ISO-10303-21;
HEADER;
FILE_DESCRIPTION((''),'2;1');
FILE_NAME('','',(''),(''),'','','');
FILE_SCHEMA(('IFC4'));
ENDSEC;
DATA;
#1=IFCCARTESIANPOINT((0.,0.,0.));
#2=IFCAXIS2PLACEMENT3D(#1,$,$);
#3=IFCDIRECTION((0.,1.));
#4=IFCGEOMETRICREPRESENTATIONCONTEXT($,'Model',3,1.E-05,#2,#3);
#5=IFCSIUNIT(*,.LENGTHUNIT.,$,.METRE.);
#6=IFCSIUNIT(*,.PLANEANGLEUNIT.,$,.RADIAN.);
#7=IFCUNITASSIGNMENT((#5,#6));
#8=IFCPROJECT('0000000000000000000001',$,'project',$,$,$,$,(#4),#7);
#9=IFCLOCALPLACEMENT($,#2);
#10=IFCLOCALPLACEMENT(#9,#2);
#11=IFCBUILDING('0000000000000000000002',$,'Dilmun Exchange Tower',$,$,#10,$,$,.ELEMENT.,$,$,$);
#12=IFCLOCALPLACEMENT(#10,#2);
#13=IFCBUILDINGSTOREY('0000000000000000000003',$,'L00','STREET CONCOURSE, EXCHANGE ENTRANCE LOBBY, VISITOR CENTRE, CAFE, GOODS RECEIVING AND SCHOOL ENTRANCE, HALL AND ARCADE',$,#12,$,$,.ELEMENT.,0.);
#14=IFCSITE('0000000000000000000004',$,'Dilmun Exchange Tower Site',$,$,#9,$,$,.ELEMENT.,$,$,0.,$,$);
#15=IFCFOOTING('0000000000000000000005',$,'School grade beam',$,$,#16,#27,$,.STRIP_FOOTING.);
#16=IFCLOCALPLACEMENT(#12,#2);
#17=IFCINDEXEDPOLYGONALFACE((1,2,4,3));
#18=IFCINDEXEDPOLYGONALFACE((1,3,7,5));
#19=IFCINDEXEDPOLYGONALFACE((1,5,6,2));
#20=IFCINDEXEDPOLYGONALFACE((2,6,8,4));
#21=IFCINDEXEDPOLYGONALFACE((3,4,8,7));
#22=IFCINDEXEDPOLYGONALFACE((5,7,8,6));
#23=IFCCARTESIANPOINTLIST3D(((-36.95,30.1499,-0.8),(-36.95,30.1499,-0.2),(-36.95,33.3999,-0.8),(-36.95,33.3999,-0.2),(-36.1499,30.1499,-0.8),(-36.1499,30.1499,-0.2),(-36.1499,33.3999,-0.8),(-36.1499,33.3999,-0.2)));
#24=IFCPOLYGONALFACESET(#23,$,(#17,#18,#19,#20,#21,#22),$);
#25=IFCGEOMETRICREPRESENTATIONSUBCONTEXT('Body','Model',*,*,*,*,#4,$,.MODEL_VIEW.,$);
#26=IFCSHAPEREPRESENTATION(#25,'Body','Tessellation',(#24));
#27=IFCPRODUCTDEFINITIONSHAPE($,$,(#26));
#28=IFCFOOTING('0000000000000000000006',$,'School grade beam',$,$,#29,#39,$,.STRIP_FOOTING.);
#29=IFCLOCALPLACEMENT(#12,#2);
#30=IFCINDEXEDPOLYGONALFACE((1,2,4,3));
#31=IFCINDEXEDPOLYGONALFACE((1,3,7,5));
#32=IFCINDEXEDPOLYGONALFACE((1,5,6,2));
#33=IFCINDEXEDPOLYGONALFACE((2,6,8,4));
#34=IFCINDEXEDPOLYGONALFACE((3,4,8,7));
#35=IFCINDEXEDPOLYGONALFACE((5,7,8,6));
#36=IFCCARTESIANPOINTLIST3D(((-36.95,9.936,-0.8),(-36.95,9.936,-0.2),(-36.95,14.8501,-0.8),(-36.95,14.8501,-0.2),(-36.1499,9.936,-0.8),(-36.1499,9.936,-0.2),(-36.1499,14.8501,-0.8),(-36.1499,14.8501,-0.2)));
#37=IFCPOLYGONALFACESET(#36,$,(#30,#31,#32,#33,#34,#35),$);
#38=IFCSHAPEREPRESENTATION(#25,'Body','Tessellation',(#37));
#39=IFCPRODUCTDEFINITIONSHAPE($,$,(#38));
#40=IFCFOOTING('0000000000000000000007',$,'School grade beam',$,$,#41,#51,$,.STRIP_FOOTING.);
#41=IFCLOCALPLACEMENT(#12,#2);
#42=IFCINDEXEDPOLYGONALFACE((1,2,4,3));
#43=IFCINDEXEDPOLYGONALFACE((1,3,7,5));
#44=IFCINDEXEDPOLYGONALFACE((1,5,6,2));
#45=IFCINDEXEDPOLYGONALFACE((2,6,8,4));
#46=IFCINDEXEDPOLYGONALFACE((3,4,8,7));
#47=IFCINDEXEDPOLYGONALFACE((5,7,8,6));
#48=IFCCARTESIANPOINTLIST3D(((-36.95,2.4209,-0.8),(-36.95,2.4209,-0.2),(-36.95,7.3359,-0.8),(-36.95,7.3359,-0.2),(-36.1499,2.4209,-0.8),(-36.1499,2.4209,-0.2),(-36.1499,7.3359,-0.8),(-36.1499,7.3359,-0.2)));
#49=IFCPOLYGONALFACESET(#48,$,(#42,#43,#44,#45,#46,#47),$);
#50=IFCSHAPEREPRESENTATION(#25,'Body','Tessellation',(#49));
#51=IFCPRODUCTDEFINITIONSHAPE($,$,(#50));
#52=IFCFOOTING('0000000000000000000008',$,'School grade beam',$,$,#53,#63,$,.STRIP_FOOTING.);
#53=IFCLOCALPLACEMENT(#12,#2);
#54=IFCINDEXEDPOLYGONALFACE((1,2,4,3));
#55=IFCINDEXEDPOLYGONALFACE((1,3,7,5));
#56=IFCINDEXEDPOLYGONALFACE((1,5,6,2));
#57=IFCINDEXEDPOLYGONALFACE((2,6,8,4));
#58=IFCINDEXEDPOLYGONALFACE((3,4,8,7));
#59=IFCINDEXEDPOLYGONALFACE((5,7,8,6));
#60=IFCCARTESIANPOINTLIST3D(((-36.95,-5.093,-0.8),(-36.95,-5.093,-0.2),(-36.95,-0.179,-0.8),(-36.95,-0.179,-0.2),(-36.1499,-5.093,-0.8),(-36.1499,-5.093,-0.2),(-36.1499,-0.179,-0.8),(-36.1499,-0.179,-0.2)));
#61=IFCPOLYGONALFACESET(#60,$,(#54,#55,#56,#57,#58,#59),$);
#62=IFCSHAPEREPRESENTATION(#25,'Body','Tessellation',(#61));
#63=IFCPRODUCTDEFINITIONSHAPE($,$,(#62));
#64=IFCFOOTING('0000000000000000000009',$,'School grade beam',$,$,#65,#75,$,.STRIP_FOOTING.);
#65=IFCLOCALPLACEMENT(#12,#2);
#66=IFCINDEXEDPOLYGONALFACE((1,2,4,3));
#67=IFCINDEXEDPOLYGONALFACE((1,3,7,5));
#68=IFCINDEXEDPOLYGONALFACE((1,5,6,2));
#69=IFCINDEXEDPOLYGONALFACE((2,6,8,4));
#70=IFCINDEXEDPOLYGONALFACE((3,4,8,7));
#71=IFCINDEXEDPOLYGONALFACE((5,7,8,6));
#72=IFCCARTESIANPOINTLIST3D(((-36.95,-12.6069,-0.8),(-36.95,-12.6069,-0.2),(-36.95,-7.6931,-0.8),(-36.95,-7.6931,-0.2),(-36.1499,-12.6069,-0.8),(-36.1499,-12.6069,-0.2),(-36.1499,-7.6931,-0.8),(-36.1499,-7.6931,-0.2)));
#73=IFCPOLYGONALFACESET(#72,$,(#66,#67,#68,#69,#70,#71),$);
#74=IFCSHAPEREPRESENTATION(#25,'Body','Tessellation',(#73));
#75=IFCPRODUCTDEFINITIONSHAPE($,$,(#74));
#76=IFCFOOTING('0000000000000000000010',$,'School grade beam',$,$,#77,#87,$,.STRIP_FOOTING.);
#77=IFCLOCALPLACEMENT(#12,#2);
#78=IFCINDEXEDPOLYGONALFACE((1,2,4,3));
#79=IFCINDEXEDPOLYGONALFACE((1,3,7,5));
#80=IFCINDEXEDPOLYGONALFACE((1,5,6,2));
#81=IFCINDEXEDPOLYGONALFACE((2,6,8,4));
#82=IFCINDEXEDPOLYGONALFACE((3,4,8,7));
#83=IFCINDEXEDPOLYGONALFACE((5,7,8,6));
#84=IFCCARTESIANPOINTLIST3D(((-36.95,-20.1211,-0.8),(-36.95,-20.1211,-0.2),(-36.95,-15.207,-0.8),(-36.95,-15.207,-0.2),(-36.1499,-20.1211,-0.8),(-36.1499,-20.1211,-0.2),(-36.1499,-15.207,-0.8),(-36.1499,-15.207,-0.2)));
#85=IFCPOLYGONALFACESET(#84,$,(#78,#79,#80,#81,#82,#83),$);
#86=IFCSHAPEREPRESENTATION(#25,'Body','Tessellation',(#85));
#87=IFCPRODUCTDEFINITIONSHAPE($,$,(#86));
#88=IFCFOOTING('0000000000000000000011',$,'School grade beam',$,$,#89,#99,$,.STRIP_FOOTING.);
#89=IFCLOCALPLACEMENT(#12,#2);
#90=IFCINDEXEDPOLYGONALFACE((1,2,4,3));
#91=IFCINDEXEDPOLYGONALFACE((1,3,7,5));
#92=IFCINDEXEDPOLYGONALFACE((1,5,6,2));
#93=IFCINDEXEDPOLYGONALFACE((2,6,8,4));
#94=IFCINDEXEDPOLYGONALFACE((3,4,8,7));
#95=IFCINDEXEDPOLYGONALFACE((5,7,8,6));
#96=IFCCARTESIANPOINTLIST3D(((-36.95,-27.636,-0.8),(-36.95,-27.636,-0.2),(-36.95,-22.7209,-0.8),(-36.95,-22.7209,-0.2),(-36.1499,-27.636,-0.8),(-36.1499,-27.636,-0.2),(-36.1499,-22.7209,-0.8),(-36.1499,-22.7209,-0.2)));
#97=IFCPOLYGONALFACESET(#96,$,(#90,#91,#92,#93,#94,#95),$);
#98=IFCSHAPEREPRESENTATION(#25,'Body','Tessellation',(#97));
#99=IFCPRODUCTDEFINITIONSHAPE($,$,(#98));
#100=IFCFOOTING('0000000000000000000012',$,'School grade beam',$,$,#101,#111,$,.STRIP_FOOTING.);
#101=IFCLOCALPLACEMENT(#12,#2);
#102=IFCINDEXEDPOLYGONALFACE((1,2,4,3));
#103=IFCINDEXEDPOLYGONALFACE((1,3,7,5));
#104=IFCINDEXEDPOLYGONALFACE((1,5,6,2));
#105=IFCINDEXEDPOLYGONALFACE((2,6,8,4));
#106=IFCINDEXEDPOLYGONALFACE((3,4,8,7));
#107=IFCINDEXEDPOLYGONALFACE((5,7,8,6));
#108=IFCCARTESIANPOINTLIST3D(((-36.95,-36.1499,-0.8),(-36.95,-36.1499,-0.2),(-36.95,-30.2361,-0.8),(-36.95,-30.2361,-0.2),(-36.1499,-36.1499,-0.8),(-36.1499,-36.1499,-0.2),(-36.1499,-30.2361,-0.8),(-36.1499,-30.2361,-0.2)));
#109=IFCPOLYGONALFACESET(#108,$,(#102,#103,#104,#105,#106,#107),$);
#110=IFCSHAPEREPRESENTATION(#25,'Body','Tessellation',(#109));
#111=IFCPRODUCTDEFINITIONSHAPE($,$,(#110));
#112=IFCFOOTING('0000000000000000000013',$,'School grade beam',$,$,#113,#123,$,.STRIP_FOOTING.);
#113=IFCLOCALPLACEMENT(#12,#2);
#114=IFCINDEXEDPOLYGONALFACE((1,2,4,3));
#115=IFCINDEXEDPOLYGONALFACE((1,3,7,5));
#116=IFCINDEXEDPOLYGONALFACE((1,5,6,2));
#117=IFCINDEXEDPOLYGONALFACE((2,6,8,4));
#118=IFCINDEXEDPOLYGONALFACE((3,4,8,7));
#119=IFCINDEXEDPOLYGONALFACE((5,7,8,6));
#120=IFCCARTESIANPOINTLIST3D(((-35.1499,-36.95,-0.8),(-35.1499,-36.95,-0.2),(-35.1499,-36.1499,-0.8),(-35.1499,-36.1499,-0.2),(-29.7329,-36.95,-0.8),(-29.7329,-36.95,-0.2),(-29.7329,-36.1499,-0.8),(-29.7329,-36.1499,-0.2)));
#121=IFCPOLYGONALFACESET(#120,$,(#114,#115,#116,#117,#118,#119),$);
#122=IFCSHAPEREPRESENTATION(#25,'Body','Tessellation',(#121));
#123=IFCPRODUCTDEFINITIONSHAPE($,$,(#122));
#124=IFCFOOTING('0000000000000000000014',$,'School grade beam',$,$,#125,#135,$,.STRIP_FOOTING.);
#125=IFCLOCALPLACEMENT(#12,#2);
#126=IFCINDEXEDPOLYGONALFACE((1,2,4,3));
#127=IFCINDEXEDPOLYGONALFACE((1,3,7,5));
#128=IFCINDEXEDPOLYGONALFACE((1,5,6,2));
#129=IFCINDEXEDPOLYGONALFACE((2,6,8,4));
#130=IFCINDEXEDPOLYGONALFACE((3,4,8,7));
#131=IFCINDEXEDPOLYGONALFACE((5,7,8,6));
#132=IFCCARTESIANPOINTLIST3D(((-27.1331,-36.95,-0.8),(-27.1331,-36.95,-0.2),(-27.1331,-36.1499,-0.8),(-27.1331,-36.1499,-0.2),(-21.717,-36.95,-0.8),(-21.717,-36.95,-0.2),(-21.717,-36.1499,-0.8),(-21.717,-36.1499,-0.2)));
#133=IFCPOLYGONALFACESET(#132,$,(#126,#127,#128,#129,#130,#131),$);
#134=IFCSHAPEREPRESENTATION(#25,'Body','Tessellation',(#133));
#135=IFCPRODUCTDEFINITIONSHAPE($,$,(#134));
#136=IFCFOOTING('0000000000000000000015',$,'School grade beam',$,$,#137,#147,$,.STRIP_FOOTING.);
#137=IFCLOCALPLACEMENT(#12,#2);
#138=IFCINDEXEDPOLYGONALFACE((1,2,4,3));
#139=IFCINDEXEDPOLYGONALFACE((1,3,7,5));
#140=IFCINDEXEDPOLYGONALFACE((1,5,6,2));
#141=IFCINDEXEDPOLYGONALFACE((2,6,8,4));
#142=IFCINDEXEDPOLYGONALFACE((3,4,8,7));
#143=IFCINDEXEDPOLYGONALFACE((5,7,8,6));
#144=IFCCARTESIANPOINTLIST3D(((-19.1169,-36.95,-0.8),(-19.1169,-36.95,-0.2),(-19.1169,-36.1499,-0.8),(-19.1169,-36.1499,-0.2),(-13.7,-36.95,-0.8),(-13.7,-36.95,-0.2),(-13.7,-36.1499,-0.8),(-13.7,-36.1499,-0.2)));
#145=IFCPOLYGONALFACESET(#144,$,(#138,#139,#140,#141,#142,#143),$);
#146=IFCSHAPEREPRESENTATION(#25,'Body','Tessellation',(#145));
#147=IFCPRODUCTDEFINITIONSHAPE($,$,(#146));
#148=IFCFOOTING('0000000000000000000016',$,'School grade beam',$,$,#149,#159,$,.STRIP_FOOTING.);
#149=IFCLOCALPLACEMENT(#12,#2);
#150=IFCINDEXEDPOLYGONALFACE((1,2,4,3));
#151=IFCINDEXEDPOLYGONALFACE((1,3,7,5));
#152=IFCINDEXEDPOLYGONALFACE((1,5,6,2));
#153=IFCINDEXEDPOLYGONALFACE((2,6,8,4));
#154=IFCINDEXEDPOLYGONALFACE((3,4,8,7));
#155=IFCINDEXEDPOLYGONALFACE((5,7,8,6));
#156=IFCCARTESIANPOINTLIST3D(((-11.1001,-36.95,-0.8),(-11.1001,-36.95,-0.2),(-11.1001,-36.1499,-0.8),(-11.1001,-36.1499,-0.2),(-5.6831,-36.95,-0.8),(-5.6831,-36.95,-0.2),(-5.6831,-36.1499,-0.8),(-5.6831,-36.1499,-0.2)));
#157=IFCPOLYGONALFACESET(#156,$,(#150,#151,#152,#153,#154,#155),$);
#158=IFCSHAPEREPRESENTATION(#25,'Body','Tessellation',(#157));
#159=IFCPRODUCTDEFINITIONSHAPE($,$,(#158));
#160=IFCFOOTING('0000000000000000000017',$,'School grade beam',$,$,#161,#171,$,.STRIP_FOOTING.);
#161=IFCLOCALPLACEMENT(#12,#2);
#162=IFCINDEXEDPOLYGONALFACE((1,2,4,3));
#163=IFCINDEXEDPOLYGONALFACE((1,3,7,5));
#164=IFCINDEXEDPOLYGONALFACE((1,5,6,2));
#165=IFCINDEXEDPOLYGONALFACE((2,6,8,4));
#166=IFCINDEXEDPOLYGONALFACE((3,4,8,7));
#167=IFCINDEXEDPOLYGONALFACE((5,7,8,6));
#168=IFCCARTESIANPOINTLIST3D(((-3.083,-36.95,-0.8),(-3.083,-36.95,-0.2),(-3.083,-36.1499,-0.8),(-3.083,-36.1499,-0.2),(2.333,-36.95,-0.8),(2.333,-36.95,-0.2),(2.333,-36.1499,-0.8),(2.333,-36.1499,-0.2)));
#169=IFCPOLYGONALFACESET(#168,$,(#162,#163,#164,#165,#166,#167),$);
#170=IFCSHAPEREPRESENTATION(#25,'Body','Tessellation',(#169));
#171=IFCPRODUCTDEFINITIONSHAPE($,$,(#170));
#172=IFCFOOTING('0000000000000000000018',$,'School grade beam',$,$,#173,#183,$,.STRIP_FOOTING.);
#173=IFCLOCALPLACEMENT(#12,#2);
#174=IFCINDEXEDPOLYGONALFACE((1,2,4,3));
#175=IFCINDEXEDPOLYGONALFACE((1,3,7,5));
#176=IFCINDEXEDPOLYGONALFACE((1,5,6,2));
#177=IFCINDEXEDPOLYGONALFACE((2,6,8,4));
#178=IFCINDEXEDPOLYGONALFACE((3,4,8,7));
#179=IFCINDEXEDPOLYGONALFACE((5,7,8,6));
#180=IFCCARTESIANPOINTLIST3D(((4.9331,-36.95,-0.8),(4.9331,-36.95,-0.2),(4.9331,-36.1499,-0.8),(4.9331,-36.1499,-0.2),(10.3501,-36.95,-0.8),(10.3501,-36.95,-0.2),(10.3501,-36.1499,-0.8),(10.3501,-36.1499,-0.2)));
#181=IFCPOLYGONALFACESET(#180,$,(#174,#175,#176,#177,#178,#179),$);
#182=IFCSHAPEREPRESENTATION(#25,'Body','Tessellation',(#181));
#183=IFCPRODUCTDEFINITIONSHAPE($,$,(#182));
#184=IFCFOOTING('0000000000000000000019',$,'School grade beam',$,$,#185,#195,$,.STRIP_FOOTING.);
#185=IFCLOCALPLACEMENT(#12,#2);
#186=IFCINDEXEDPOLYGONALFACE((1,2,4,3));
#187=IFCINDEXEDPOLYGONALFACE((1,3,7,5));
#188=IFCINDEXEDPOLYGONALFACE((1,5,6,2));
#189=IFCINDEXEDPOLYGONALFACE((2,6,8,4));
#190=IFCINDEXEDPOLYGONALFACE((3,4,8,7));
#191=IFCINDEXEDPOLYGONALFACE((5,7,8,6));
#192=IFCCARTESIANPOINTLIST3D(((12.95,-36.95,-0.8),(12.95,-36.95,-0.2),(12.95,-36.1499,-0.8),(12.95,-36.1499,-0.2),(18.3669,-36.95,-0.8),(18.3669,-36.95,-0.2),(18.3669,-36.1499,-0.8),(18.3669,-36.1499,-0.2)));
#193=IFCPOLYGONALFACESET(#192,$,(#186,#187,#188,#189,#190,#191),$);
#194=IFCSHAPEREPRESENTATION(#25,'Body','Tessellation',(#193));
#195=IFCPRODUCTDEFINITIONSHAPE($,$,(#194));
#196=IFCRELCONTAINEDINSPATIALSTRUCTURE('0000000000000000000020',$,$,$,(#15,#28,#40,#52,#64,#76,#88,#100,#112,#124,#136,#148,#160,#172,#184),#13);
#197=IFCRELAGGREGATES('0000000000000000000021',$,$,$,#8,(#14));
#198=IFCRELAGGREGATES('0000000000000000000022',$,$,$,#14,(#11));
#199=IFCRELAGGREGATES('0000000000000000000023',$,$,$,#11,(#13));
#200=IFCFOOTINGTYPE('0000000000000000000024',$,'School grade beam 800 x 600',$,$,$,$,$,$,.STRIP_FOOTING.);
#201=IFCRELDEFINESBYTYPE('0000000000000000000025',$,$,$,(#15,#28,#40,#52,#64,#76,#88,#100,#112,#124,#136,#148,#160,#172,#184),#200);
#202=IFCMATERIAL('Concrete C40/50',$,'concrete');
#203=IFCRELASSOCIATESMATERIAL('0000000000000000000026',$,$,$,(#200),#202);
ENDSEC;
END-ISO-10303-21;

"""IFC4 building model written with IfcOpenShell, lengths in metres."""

from ifc_helpers import new_model, si_unit, direction, frame, origin, place, context, subcontext, project, spatial, polyline, outline, extrude, material, type_object, element, save


model = new_model("IFC4")

# Units and contexts
model_context = context("Model", 3, precision=1e-05, world=origin(), true_north=direction((0.0, 1.0)))
body_context = subcontext(model_context, "Body", "Model", "MODEL_VIEW")
ifc_project = project(units=[si_unit("LENGTHUNIT", "METRE"), si_unit("PLANEANGLEUNIT", "RADIAN")], contexts=[model_context])

# Site, building, storey
site_placement = place(None, origin())
site = spatial("IfcSite", under=ifc_project, at=site_placement, Name="Dilmun Exchange Tower Site", CompositionType="ELEMENT", RefElevation=0.0)
building_placement = place(site_placement, origin())
building = spatial("IfcBuilding", under=site, at=building_placement, Name="Dilmun Exchange Tower", CompositionType="ELEMENT")
storey_placement = place(building_placement, origin())
storey = spatial("IfcBuildingStorey", under=building, at=storey_placement, Name="L00", Description="STREET CONCOURSE, EXCHANGE ENTRANCE LOBBY, VISITOR CENTRE, CAFE, GOODS RECEIVING AND SCHOOL ENTRANCE, HALL AND ARCADE", CompositionType="ELEMENT", Elevation=0.0)

# Footings
ifc_material = material(Name="Concrete C40/50", Category="concrete")
footing_type = type_object("IfcFootingType", Name="School grade beam 800 x 600", PredefinedType="STRIP_FOOTING", material=ifc_material)
footing_1_placement = place(storey_placement, frame((0.0, 0.0, -0.8)))
element("IfcFooting", 1, at=footing_1_placement, inside=storey, type_object=footing_type, Name="School grade beam", PredefinedType="STRIP_FOOTING", context=body_context, shape_type="SweptSolid", body=[
    extrude(outline(polyline([(-36.95, 30.1499), (-36.95, 33.3999), (-36.1499, 33.3999), (-36.1499, 30.1499), (-36.95, 30.1499)])), origin(), (0.0, 0.0, 1.0), 0.6001),
])
footing_2_placement = place(storey_placement, frame((0.0, 0.0, -0.8)))
element("IfcFooting", 2, at=footing_2_placement, inside=storey, type_object=footing_type, Name="School grade beam", PredefinedType="STRIP_FOOTING", context=body_context, shape_type="SweptSolid", body=[
    extrude(outline(polyline([(-36.95, 9.936), (-36.95, 14.8501), (-36.1499, 14.8501), (-36.1499, 9.936), (-36.95, 9.936)])), origin(), (0.0, 0.0, 1.0), 0.6001),
])
footing_3_placement = place(storey_placement, frame((0.0, 0.0, -0.8)))
element("IfcFooting", 3, at=footing_3_placement, inside=storey, type_object=footing_type, Name="School grade beam", PredefinedType="STRIP_FOOTING", context=body_context, shape_type="SweptSolid", body=[
    extrude(outline(polyline([(-36.95, 2.4209), (-36.95, 7.3359), (-36.1499, 7.3359), (-36.1499, 2.4209), (-36.95, 2.4209)])), origin(), (0.0, 0.0, 1.0), 0.6001),
])
footing_4_placement = place(storey_placement, frame((0.0, 0.0, -0.8)))
element("IfcFooting", 4, at=footing_4_placement, inside=storey, type_object=footing_type, Name="School grade beam", PredefinedType="STRIP_FOOTING", context=body_context, shape_type="SweptSolid", body=[
    extrude(outline(polyline([(-36.95, -5.093), (-36.95, -0.179), (-36.1499, -0.179), (-36.1499, -5.093), (-36.95, -5.093)])), origin(), (0.0, 0.0, 1.0), 0.6001),
])
footing_5_placement = place(storey_placement, frame((0.0, 0.0, -0.8)))
element("IfcFooting", 5, at=footing_5_placement, inside=storey, type_object=footing_type, Name="School grade beam", PredefinedType="STRIP_FOOTING", context=body_context, shape_type="SweptSolid", body=[
    extrude(outline(polyline([(-36.95, -12.6069), (-36.95, -7.6931), (-36.1499, -7.6931), (-36.1499, -12.6069), (-36.95, -12.6069)])), origin(), (0.0, 0.0, 1.0), 0.6001),
])
footing_6_placement = place(storey_placement, frame((0.0, 0.0, -0.8)))
element("IfcFooting", 6, at=footing_6_placement, inside=storey, type_object=footing_type, Name="School grade beam", PredefinedType="STRIP_FOOTING", context=body_context, shape_type="SweptSolid", body=[
    extrude(outline(polyline([(-36.95, -20.1211), (-36.95, -15.207), (-36.1499, -15.207), (-36.1499, -20.1211), (-36.95, -20.1211)])), origin(), (0.0, 0.0, 1.0), 0.6001),
])
footing_7_placement = place(storey_placement, frame((0.0, 0.0, -0.8)))
element("IfcFooting", 7, at=footing_7_placement, inside=storey, type_object=footing_type, Name="School grade beam", PredefinedType="STRIP_FOOTING", context=body_context, shape_type="SweptSolid", body=[
    extrude(outline(polyline([(-36.95, -27.636), (-36.95, -22.7209), (-36.1499, -22.7209), (-36.1499, -27.636), (-36.95, -27.636)])), origin(), (0.0, 0.0, 1.0), 0.6001),
])
footing_8_placement = place(storey_placement, frame((0.0, 0.0, -0.8)))
element("IfcFooting", 8, at=footing_8_placement, inside=storey, type_object=footing_type, Name="School grade beam", PredefinedType="STRIP_FOOTING", context=body_context, shape_type="SweptSolid", body=[
    extrude(outline(polyline([(-36.95, -36.1499), (-36.95, -30.2361), (-36.1499, -30.2361), (-36.1499, -36.1499), (-36.95, -36.1499)])), origin(), (0.0, 0.0, 1.0), 0.6001),
])
footing_9_placement = place(storey_placement, frame((0.0, 0.0, -0.8)))
element("IfcFooting", 9, at=footing_9_placement, inside=storey, type_object=footing_type, Name="School grade beam", PredefinedType="STRIP_FOOTING", context=body_context, shape_type="SweptSolid", body=[
    extrude(outline(polyline([(-29.7329, -36.95), (-35.1499, -36.95), (-35.1499, -36.1499), (-29.7329, -36.1499), (-29.7329, -36.95)])), origin(), (0.0, 0.0, 1.0), 0.6001),
])
footing_10_placement = place(storey_placement, frame((0.0, 0.0, -0.8)))
element("IfcFooting", 10, at=footing_10_placement, inside=storey, type_object=footing_type, Name="School grade beam", PredefinedType="STRIP_FOOTING", context=body_context, shape_type="SweptSolid", body=[
    extrude(outline(polyline([(-21.717, -36.95), (-27.1331, -36.95), (-27.1331, -36.1499), (-21.717, -36.1499), (-21.717, -36.95)])), origin(), (0.0, 0.0, 1.0), 0.6001),
])
footing_11_placement = place(storey_placement, frame((0.0, 0.0, -0.8)))
element("IfcFooting", 11, at=footing_11_placement, inside=storey, type_object=footing_type, Name="School grade beam", PredefinedType="STRIP_FOOTING", context=body_context, shape_type="SweptSolid", body=[
    extrude(outline(polyline([(-13.7, -36.95), (-19.1169, -36.95), (-19.1169, -36.1499), (-13.7, -36.1499), (-13.7, -36.95)])), origin(), (0.0, 0.0, 1.0), 0.6001),
])
footing_12_placement = place(storey_placement, frame((0.0, 0.0, -0.8)))
element("IfcFooting", 12, at=footing_12_placement, inside=storey, type_object=footing_type, Name="School grade beam", PredefinedType="STRIP_FOOTING", context=body_context, shape_type="SweptSolid", body=[
    extrude(outline(polyline([(-5.6831, -36.95), (-11.1001, -36.95), (-11.1001, -36.1499), (-5.6831, -36.1499), (-5.6831, -36.95)])), origin(), (0.0, 0.0, 1.0), 0.6001),
])
footing_13_placement = place(storey_placement, frame((0.0, 0.0, -0.8)))
element("IfcFooting", 13, at=footing_13_placement, inside=storey, type_object=footing_type, Name="School grade beam", PredefinedType="STRIP_FOOTING", context=body_context, shape_type="SweptSolid", body=[
    extrude(outline(polyline([(2.333, -36.95), (-3.083, -36.95), (-3.083, -36.1499), (2.333, -36.1499), (2.333, -36.95)])), origin(), (0.0, 0.0, 1.0), 0.6001),
])
footing_14_placement = place(storey_placement, frame((0.0, 0.0, -0.8)))
element("IfcFooting", 14, at=footing_14_placement, inside=storey, type_object=footing_type, Name="School grade beam", PredefinedType="STRIP_FOOTING", context=body_context, shape_type="SweptSolid", body=[
    extrude(outline(polyline([(10.3501, -36.95), (4.9331, -36.95), (4.9331, -36.1499), (10.3501, -36.1499), (10.3501, -36.95)])), origin(), (0.0, 0.0, 1.0), 0.6001),
])
footing_15_placement = place(storey_placement, frame((0.0, 0.0, -0.8)))
element("IfcFooting", 15, at=footing_15_placement, inside=storey, type_object=footing_type, Name="School grade beam", PredefinedType="STRIP_FOOTING", context=body_context, shape_type="SweptSolid", body=[
    extrude(outline(polyline([(18.3669, -36.95), (12.95, -36.95), (12.95, -36.1499), (18.3669, -36.1499), (18.3669, -36.95)])), origin(), (0.0, 0.0, 1.0), 0.6001),
])

save(model, "model.ifc")
